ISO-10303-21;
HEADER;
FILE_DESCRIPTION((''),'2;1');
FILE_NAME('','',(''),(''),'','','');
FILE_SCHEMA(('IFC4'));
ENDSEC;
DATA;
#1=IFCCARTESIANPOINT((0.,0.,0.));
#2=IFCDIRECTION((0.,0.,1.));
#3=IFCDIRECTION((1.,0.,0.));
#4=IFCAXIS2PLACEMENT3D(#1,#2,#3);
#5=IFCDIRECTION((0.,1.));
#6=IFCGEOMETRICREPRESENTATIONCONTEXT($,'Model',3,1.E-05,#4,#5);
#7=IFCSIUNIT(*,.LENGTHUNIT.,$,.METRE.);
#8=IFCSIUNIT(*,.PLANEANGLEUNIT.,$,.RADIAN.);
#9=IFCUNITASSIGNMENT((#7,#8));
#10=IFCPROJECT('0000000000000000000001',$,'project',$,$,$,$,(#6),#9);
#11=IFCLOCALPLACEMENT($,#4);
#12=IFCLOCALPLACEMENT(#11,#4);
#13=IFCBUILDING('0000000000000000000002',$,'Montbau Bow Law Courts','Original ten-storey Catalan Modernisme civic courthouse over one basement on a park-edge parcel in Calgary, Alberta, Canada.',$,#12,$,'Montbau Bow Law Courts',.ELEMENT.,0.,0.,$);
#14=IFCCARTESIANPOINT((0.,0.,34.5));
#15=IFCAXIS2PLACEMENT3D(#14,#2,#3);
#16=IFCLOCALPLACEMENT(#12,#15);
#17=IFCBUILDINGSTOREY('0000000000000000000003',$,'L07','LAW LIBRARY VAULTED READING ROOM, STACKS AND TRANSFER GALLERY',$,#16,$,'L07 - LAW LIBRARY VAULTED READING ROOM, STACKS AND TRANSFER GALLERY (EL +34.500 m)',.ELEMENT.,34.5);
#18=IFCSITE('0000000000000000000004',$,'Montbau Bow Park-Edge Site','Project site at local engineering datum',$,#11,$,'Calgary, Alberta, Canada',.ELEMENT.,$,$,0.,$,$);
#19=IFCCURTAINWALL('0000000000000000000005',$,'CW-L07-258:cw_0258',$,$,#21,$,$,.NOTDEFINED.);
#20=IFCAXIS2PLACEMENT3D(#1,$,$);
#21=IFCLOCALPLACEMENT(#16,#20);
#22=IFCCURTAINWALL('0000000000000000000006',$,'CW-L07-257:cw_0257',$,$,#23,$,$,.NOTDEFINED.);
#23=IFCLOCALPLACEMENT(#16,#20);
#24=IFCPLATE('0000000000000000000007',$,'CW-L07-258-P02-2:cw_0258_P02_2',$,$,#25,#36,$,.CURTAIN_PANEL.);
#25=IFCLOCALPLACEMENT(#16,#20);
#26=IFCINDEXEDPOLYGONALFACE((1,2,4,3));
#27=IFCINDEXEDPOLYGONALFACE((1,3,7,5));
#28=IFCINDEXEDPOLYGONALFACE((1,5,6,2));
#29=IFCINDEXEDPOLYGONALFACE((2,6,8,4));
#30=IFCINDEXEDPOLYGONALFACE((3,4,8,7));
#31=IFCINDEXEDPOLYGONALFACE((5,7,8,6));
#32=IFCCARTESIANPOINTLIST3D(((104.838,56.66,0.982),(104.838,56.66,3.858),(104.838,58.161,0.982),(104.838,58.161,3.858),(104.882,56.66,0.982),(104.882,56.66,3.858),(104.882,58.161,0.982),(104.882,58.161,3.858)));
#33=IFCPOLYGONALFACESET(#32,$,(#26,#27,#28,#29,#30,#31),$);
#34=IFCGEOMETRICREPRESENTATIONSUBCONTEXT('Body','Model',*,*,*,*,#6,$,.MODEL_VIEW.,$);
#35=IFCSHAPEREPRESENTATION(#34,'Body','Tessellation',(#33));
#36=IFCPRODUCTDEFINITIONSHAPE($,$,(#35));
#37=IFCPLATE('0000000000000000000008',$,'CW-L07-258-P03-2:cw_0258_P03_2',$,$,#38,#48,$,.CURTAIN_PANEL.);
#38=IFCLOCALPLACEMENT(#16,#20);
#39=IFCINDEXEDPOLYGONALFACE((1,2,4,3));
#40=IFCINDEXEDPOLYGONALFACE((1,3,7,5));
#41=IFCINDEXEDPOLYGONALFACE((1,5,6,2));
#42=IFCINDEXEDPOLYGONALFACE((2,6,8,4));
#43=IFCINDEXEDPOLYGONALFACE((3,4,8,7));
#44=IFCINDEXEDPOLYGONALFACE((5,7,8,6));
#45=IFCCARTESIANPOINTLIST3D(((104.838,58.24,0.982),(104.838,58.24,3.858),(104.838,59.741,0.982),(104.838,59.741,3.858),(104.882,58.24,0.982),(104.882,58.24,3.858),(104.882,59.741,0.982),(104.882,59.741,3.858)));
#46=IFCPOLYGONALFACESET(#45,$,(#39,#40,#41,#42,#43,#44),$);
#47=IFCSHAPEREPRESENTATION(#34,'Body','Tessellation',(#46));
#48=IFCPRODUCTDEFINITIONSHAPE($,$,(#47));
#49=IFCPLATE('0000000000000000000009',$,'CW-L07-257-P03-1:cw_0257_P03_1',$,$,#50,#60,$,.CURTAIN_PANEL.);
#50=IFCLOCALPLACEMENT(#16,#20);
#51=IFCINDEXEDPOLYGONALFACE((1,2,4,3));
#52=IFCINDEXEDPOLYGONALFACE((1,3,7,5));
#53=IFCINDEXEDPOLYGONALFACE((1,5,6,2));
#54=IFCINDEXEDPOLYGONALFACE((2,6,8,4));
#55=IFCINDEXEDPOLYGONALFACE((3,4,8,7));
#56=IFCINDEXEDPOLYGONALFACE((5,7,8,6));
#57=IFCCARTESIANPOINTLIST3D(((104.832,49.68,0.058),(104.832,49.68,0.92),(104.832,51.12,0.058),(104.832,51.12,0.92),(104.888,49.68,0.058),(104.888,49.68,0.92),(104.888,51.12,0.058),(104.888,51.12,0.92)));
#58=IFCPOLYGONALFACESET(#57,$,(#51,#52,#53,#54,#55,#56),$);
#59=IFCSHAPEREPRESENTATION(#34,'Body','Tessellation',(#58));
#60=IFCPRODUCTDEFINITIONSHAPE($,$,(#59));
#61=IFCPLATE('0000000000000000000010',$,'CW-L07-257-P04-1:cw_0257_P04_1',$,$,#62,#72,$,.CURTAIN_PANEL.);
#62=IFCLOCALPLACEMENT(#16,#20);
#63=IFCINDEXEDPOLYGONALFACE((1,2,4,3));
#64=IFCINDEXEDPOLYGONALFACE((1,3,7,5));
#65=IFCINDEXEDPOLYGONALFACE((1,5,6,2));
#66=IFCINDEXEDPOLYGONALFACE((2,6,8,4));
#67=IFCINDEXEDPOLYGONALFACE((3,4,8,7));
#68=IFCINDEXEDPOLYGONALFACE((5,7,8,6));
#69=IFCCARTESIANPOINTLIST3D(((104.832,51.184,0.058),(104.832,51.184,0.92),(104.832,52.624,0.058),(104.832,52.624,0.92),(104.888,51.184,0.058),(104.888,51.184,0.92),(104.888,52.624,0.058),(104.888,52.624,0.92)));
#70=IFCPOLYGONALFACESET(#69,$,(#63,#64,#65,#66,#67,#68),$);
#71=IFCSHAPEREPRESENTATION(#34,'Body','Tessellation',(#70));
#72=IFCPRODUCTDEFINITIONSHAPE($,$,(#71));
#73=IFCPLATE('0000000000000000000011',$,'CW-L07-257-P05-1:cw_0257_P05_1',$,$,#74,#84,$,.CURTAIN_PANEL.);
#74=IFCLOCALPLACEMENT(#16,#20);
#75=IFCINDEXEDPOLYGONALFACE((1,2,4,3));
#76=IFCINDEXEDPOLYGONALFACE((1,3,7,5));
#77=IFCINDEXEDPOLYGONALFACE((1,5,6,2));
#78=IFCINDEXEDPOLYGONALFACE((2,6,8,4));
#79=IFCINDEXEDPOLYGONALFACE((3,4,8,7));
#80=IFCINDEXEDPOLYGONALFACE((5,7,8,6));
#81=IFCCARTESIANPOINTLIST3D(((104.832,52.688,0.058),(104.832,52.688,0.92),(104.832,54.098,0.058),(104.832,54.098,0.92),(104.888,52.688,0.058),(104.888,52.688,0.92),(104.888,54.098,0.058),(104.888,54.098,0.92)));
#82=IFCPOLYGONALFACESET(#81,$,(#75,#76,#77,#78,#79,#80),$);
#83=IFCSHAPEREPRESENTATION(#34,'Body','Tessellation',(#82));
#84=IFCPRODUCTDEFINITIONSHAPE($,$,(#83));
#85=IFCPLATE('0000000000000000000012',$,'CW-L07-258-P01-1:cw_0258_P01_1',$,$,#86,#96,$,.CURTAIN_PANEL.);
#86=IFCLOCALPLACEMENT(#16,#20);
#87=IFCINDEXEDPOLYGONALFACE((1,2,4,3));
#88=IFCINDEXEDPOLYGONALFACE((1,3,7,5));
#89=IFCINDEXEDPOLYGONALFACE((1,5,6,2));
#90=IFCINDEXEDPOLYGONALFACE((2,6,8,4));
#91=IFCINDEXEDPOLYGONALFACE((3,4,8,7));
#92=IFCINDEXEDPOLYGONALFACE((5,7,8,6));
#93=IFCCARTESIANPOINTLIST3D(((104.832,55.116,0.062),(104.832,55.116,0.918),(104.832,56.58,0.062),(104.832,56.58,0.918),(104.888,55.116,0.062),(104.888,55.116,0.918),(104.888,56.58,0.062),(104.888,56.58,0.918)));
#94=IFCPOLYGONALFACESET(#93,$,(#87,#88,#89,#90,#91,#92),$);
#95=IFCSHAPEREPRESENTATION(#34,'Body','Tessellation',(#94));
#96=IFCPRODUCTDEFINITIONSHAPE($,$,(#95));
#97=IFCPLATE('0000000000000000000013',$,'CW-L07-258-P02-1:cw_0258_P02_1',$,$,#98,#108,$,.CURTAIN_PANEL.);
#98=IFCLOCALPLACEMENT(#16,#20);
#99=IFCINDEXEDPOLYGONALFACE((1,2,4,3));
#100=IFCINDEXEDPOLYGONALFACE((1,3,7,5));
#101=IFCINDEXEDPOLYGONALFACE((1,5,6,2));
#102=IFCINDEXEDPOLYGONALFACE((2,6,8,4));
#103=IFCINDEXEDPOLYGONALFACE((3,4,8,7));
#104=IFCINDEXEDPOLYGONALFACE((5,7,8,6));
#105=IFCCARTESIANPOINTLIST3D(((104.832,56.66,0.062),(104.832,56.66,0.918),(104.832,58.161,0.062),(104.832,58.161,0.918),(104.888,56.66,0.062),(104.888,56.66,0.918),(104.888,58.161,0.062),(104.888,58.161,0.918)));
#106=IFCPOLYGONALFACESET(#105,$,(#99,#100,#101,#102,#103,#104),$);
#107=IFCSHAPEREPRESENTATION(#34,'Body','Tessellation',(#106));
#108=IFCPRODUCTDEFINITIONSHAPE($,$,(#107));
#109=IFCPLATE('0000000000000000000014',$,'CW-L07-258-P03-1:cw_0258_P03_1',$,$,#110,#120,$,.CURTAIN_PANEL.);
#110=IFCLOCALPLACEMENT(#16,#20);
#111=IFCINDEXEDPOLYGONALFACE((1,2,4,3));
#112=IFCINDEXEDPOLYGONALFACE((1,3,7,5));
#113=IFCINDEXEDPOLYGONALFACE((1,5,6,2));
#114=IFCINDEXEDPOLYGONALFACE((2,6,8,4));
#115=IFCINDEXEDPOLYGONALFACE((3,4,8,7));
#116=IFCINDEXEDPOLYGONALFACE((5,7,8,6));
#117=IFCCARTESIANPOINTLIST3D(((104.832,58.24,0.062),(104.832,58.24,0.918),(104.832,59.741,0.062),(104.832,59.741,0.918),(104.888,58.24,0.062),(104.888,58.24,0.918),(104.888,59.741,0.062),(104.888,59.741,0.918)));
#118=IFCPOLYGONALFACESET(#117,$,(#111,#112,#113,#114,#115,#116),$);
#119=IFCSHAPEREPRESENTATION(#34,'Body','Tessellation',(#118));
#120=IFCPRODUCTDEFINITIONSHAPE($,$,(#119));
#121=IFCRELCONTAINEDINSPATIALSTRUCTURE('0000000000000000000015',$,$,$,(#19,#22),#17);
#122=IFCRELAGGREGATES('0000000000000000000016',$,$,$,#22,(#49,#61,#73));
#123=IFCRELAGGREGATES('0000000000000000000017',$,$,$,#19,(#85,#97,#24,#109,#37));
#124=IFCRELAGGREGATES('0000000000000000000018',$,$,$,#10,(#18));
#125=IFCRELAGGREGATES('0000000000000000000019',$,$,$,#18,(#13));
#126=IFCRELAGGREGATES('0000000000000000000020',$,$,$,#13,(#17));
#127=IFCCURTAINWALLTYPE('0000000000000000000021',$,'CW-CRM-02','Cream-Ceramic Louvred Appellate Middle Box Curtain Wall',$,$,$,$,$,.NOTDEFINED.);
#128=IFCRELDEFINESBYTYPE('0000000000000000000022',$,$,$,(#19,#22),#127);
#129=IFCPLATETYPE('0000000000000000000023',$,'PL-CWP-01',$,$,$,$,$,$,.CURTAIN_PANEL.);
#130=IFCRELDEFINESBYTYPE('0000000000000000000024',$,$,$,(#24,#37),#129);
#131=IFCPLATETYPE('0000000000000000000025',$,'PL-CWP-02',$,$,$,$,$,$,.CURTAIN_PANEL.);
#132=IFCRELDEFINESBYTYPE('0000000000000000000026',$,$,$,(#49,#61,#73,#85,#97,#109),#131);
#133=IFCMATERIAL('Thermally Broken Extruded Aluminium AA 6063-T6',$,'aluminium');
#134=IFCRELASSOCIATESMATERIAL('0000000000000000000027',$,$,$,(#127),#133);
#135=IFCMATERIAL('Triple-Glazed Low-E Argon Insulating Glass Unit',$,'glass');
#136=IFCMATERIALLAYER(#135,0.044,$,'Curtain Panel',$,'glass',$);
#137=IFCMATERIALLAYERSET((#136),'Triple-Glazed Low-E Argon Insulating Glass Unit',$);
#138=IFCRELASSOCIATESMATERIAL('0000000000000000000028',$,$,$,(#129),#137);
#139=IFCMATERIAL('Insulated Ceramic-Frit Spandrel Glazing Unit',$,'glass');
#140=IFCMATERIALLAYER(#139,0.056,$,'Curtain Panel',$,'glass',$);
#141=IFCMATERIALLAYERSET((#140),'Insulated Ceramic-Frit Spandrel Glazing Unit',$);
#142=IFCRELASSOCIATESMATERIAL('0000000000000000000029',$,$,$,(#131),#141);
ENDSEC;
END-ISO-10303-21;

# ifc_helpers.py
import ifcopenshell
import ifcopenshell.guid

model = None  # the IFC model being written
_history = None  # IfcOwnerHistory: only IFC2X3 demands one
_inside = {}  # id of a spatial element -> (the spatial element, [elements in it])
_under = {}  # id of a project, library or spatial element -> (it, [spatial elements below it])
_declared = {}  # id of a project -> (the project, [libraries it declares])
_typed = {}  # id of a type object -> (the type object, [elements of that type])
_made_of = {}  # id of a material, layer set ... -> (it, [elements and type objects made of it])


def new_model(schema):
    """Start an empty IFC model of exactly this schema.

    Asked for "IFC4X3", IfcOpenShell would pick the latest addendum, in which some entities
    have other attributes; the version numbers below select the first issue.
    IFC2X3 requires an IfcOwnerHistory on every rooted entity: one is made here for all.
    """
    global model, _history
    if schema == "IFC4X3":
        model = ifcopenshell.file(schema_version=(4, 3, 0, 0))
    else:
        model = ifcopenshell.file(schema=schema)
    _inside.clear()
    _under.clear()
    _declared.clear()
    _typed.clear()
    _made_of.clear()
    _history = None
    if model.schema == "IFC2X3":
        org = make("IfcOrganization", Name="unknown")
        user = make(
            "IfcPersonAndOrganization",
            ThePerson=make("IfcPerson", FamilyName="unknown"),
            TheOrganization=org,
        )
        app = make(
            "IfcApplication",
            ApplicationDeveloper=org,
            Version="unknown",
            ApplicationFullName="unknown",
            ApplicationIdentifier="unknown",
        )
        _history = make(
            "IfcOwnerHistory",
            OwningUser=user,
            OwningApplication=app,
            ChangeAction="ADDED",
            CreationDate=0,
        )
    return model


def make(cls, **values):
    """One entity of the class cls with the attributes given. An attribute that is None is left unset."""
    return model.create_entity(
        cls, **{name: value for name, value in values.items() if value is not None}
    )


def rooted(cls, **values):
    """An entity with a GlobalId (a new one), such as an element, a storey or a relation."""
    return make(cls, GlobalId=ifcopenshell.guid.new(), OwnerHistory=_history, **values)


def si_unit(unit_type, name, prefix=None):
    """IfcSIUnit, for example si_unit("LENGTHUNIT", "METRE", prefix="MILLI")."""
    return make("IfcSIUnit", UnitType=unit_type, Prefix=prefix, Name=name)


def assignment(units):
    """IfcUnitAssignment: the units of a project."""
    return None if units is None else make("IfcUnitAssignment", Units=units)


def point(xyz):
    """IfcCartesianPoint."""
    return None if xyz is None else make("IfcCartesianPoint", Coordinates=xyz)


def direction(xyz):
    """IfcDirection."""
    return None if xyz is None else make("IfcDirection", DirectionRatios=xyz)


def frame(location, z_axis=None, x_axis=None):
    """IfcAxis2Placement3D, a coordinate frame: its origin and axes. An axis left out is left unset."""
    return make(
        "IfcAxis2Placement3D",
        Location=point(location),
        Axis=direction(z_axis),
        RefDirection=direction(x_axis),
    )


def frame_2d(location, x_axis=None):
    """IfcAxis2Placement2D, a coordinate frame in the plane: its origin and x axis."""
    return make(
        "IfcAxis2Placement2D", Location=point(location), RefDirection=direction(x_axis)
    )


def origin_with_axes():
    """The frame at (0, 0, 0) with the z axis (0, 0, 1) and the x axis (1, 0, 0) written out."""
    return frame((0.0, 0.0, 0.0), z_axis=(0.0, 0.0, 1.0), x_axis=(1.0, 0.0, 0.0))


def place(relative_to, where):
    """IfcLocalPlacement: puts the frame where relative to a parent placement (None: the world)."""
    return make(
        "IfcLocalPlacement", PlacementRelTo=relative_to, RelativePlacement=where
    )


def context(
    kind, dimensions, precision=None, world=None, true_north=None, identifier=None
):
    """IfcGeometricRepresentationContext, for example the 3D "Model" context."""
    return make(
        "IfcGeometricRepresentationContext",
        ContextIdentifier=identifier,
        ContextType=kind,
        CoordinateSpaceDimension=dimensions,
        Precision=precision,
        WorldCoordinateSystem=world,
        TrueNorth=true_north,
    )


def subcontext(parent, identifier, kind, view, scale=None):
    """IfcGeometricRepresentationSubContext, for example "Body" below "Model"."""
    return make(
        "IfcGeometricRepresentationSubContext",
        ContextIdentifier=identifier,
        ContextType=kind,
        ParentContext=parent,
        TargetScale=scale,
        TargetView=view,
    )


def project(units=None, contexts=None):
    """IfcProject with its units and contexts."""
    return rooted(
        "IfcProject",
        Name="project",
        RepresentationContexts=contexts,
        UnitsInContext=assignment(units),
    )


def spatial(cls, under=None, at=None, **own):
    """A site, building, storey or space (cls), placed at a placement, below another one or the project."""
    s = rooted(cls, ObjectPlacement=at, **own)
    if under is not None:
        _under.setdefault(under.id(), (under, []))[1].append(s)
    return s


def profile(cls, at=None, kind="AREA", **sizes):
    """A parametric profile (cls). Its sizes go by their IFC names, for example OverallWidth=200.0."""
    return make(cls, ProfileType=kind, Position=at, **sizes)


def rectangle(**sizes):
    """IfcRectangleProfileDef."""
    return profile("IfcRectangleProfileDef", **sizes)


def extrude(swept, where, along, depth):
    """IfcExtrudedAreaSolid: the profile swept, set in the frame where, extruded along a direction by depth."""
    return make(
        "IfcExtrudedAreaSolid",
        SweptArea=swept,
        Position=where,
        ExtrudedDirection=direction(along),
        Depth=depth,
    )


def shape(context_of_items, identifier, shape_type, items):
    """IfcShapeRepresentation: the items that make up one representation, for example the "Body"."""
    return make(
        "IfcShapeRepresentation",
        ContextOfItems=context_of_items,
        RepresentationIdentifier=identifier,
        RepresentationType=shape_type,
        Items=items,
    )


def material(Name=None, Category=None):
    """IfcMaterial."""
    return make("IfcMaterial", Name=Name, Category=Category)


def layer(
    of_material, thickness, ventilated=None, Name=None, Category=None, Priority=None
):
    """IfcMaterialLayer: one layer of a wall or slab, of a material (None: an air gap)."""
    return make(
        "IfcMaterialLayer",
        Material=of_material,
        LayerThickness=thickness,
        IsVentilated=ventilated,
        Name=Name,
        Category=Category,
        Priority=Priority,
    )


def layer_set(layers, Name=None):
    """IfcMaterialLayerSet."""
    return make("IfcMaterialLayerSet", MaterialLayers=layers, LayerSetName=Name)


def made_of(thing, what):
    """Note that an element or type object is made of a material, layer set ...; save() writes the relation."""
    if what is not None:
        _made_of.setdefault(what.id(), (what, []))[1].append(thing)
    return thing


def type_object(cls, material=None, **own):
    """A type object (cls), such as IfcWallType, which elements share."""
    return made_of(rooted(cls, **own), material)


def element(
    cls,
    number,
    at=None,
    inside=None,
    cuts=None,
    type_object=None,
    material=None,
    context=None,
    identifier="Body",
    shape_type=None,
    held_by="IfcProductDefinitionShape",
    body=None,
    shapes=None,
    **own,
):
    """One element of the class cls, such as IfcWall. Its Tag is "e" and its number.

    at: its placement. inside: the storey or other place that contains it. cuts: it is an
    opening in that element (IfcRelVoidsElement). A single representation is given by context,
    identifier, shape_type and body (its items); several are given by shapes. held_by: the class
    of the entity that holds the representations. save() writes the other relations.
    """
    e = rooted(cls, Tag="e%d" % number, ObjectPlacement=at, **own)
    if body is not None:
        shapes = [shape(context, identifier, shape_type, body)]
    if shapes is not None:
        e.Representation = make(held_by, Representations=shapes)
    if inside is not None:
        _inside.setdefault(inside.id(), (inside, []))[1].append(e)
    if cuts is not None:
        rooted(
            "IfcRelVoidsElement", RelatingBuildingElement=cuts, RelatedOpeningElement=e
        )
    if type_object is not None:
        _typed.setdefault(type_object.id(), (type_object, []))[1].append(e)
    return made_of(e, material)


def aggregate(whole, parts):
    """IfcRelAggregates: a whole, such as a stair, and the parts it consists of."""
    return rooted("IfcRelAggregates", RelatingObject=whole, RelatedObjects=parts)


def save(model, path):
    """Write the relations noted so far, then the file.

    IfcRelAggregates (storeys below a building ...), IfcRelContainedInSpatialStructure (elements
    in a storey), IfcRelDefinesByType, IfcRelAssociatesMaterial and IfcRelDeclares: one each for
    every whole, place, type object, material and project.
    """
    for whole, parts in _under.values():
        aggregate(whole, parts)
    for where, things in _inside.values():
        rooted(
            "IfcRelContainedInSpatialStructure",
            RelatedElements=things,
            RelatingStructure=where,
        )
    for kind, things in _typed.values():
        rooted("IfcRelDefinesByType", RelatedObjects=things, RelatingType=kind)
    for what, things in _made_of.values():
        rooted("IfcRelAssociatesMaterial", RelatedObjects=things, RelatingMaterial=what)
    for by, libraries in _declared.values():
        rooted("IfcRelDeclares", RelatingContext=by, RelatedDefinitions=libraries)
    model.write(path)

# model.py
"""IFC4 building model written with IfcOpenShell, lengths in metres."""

from ifc_helpers import new_model, si_unit, direction, frame, frame_2d, origin_with_axes, place, context, subcontext, project, spatial, rectangle, extrude, material, layer, layer_set, type_object, element, aggregate, save


model = new_model("IFC4")

# Units and contexts
model_context = context("Model", 3, precision=1e-05, world=origin_with_axes(), true_north=direction((0.0, 1.0)))
body_context = subcontext(model_context, "Body", "Model", "MODEL_VIEW")
ifc_project = project(units=[si_unit("LENGTHUNIT", "METRE"), si_unit("PLANEANGLEUNIT", "RADIAN")], contexts=[model_context])

# Site, building, storey
site_placement = place(None, origin_with_axes())
site = spatial("IfcSite", under=ifc_project, at=site_placement, Name="Montbau Bow Park-Edge Site", Description="Project site at local engineering datum", LongName="Calgary, Alberta, Canada", CompositionType="ELEMENT", RefElevation=0.0)
building_placement = place(site_placement, origin_with_axes())
building = spatial("IfcBuilding", under=site, at=building_placement, Name="Montbau Bow Law Courts", Description="Original ten-storey Catalan Modernisme civic courthouse over one basement on a park-edge parcel in Calgary, Alberta, Canada.", LongName="Montbau Bow Law Courts", CompositionType="ELEMENT", ElevationOfRefHeight=0.0, ElevationOfTerrain=0.0)
storey_placement = place(building_placement, frame((0.0, 0.0, 34.5), z_axis=(0.0, 0.0, 1.0), x_axis=(1.0, 0.0, 0.0)))
storey = spatial("IfcBuildingStorey", under=building, at=storey_placement, Name="L07", Description="LAW LIBRARY VAULTED READING ROOM, STACKS AND TRANSFER GALLERY", LongName="L07 - LAW LIBRARY VAULTED READING ROOM, STACKS AND TRANSFER GALLERY (EL +34.500 m)", CompositionType="ELEMENT", Elevation=34.5)

# Curtain walls
ifc_material_1 = material(Name="Thermally Broken Extruded Aluminium AA 6063-T6", Category="aluminium")
curtain_wall_type = type_object("IfcCurtainWallType", Name="CW-CRM-02", Description="Cream-Ceramic Louvred Appellate Middle Box Curtain Wall", PredefinedType="NOTDEFINED", material=ifc_material_1)
curtain_wall_1_placement = place(None, frame((104.86, 55.04, 34.5), z_axis=(0.0, 0.0, 1.0), x_axis=(1.0, 0.0, 0.0)))
curtain_wall_1 = element("IfcCurtainWall", 1, at=curtain_wall_1_placement, inside=storey, type_object=curtain_wall_type, Name="CW-L07-258:cw_0258", PredefinedType="NOTDEFINED")
curtain_wall_2_placement = place(None, frame((104.86, 46.64, 34.5), z_axis=(0.0, 0.0, 1.0), x_axis=(1.0, 0.0, 0.0)))
curtain_wall_2 = element("IfcCurtainWall", 2, at=curtain_wall_2_placement, inside=storey, type_object=curtain_wall_type, Name="CW-L07-257:cw_0257", PredefinedType="NOTDEFINED")

# Plates
ifc_material_2 = material(Name="Triple-Glazed Low-E Argon Insulating Glass Unit", Category="glass")
ifc_layer_1 = layer(ifc_material_2, 0.044, Name="Curtain Panel", Category="glass")
ifc_layer_set_1 = layer_set([ifc_layer_1], Name="Triple-Glazed Low-E Argon Insulating Glass Unit")
plate_type_1 = type_object("IfcPlateType", Name="PL-CWP-01", PredefinedType="CURTAIN_PANEL", material=ifc_layer_set_1)
plate_1_placement = place(None, frame((104.86, 56.66, 35.482), z_axis=(1.0, 0.0, 0.0), x_axis=(0.0, 1.0, 0.0)))
plate_1 = element("IfcPlate", 3, at=plate_1_placement, type_object=plate_type_1, Name="CW-L07-258-P02-2:cw_0258_P02_2", PredefinedType="CURTAIN_PANEL", context=body_context, shape_type="SweptSolid", body=[
    extrude(rectangle(XDim=1.501, YDim=2.876, at=frame_2d((0.7505, 1.438), x_axis=(1.0, 0.0))), frame((0.0, 0.0, -0.022), z_axis=(0.0, 0.0, 1.0), x_axis=(1.0, 0.0, 0.0)), (0.0, 0.0, 1.0), 0.044),
])
plate_2_placement = place(None, frame((104.86, 58.24, 35.482), z_axis=(1.0, 0.0, 0.0), x_axis=(0.0, 1.0, 0.0)))
plate_2 = element("IfcPlate", 4, at=plate_2_placement, type_object=plate_type_1, Name="CW-L07-258-P03-2:cw_0258_P03_2", PredefinedType="CURTAIN_PANEL", context=body_context, shape_type="SweptSolid", body=[
    extrude(rectangle(XDim=1.501, YDim=2.876, at=frame_2d((0.7505, 1.438), x_axis=(1.0, 0.0))), frame((0.0, 0.0, -0.022), z_axis=(0.0, 0.0, 1.0), x_axis=(1.0, 0.0, 0.0)), (0.0, 0.0, 1.0), 0.044),
])
ifc_material_3 = material(Name="Insulated Ceramic-Frit Spandrel Glazing Unit", Category="glass")
ifc_layer_2 = layer(ifc_material_3, 0.056, Name="Curtain Panel", Category="glass")
ifc_layer_set_2 = layer_set([ifc_layer_2], Name="Insulated Ceramic-Frit Spandrel Glazing Unit")
plate_type_2 = type_object("IfcPlateType", Name="PL-CWP-02", PredefinedType="CURTAIN_PANEL", material=ifc_layer_set_2)
plate_3_placement = place(None, frame((104.86, 49.68, 34.558), z_axis=(1.0, 0.0, 0.0), x_axis=(0.0, 1.0, 0.0)))
plate_3 = element("IfcPlate", 5, at=plate_3_placement, type_object=plate_type_2, Name="CW-L07-257-P03-1:cw_0257_P03_1", PredefinedType="CURTAIN_PANEL", context=body_context, shape_type="SweptSolid", body=[
    extrude(rectangle(XDim=1.44, YDim=0.862, at=frame_2d((0.72, 0.431), x_axis=(1.0, 0.0))), frame((0.0, 0.0, -0.028), z_axis=(0.0, 0.0, 1.0), x_axis=(1.0, 0.0, 0.0)), (0.0, 0.0, 1.0), 0.056),
])
plate_4_placement = place(None, frame((104.86, 51.184, 34.558), z_axis=(1.0, 0.0, 0.0), x_axis=(0.0, 1.0, 0.0)))
plate_4 = element("IfcPlate", 6, at=plate_4_placement, type_object=plate_type_2, Name="CW-L07-257-P04-1:cw_0257_P04_1", PredefinedType="CURTAIN_PANEL", context=body_context, shape_type="SweptSolid", body=[
    extrude(rectangle(XDim=1.44, YDim=0.862, at=frame_2d((0.72, 0.431), x_axis=(1.0, 0.0))), frame((0.0, 0.0, -0.028), z_axis=(0.0, 0.0, 1.0), x_axis=(1.0, 0.0, 0.0)), (0.0, 0.0, 1.0), 0.056),
])
plate_5_placement = place(None, frame((104.86, 52.688, 34.558), z_axis=(1.0, 0.0, 0.0), x_axis=(0.0, 1.0, 0.0)))
plate_5 = element("IfcPlate", 7, at=plate_5_placement, type_object=plate_type_2, Name="CW-L07-257-P05-1:cw_0257_P05_1", PredefinedType="CURTAIN_PANEL", context=body_context, shape_type="SweptSolid", body=[
    extrude(rectangle(XDim=1.41, YDim=0.862, at=frame_2d((0.705, 0.431), x_axis=(1.0, 0.0))), frame((0.0, 0.0, -0.028), z_axis=(0.0, 0.0, 1.0), x_axis=(1.0, 0.0, 0.0)), (0.0, 0.0, 1.0), 0.056),
])
aggregate(curtain_wall_2, [plate_3, plate_4, plate_5])
plate_6_placement = place(None, frame((104.86, 55.116, 34.562), z_axis=(1.0, 0.0, 0.0), x_axis=(0.0, 1.0, 0.0)))
plate_6 = element("IfcPlate", 8, at=plate_6_placement, type_object=plate_type_2, Name="CW-L07-258-P01-1:cw_0258_P01_1", PredefinedType="CURTAIN_PANEL", context=body_context, shape_type="SweptSolid", body=[
    extrude(rectangle(XDim=1.464, YDim=0.856, at=frame_2d((0.732, 0.428), x_axis=(1.0, 0.0))), frame((0.0, 0.0, -0.028), z_axis=(0.0, 0.0, 1.0), x_axis=(1.0, 0.0, 0.0)), (0.0, 0.0, 1.0), 0.056),
])
plate_7_placement = place(None, frame((104.86, 56.66, 34.562), z_axis=(1.0, 0.0, 0.0), x_axis=(0.0, 1.0, 0.0)))
plate_7 = element("IfcPlate", 9, at=plate_7_placement, type_object=plate_type_2, Name="CW-L07-258-P02-1:cw_0258_P02_1", PredefinedType="CURTAIN_PANEL", context=body_context, shape_type="SweptSolid", body=[
    extrude(rectangle(XDim=1.501, YDim=0.856, at=frame_2d((0.7505, 0.428), x_axis=(1.0, 0.0))), frame((0.0, 0.0, -0.028), z_axis=(0.0, 0.0, 1.0), x_axis=(1.0, 0.0, 0.0)), (0.0, 0.0, 1.0), 0.056),
])
plate_8_placement = place(None, frame((104.86, 58.24, 34.562), z_axis=(1.0, 0.0, 0.0), x_axis=(0.0, 1.0, 0.0)))
plate_8 = element("IfcPlate", 10, at=plate_8_placement, type_object=plate_type_2, Name="CW-L07-258-P03-1:cw_0258_P03_1", PredefinedType="CURTAIN_PANEL", context=body_context, shape_type="SweptSolid", body=[
    extrude(rectangle(XDim=1.501, YDim=0.856, at=frame_2d((0.7505, 0.428), x_axis=(1.0, 0.0))), frame((0.0, 0.0, -0.028), z_axis=(0.0, 0.0, 1.0), x_axis=(1.0, 0.0, 0.0)), (0.0, 0.0, 1.0), 0.056),
])
aggregate(curtain_wall_1, [plate_6, plate_7, plate_1, plate_8, plate_2])

save(model, "model.ifc")
